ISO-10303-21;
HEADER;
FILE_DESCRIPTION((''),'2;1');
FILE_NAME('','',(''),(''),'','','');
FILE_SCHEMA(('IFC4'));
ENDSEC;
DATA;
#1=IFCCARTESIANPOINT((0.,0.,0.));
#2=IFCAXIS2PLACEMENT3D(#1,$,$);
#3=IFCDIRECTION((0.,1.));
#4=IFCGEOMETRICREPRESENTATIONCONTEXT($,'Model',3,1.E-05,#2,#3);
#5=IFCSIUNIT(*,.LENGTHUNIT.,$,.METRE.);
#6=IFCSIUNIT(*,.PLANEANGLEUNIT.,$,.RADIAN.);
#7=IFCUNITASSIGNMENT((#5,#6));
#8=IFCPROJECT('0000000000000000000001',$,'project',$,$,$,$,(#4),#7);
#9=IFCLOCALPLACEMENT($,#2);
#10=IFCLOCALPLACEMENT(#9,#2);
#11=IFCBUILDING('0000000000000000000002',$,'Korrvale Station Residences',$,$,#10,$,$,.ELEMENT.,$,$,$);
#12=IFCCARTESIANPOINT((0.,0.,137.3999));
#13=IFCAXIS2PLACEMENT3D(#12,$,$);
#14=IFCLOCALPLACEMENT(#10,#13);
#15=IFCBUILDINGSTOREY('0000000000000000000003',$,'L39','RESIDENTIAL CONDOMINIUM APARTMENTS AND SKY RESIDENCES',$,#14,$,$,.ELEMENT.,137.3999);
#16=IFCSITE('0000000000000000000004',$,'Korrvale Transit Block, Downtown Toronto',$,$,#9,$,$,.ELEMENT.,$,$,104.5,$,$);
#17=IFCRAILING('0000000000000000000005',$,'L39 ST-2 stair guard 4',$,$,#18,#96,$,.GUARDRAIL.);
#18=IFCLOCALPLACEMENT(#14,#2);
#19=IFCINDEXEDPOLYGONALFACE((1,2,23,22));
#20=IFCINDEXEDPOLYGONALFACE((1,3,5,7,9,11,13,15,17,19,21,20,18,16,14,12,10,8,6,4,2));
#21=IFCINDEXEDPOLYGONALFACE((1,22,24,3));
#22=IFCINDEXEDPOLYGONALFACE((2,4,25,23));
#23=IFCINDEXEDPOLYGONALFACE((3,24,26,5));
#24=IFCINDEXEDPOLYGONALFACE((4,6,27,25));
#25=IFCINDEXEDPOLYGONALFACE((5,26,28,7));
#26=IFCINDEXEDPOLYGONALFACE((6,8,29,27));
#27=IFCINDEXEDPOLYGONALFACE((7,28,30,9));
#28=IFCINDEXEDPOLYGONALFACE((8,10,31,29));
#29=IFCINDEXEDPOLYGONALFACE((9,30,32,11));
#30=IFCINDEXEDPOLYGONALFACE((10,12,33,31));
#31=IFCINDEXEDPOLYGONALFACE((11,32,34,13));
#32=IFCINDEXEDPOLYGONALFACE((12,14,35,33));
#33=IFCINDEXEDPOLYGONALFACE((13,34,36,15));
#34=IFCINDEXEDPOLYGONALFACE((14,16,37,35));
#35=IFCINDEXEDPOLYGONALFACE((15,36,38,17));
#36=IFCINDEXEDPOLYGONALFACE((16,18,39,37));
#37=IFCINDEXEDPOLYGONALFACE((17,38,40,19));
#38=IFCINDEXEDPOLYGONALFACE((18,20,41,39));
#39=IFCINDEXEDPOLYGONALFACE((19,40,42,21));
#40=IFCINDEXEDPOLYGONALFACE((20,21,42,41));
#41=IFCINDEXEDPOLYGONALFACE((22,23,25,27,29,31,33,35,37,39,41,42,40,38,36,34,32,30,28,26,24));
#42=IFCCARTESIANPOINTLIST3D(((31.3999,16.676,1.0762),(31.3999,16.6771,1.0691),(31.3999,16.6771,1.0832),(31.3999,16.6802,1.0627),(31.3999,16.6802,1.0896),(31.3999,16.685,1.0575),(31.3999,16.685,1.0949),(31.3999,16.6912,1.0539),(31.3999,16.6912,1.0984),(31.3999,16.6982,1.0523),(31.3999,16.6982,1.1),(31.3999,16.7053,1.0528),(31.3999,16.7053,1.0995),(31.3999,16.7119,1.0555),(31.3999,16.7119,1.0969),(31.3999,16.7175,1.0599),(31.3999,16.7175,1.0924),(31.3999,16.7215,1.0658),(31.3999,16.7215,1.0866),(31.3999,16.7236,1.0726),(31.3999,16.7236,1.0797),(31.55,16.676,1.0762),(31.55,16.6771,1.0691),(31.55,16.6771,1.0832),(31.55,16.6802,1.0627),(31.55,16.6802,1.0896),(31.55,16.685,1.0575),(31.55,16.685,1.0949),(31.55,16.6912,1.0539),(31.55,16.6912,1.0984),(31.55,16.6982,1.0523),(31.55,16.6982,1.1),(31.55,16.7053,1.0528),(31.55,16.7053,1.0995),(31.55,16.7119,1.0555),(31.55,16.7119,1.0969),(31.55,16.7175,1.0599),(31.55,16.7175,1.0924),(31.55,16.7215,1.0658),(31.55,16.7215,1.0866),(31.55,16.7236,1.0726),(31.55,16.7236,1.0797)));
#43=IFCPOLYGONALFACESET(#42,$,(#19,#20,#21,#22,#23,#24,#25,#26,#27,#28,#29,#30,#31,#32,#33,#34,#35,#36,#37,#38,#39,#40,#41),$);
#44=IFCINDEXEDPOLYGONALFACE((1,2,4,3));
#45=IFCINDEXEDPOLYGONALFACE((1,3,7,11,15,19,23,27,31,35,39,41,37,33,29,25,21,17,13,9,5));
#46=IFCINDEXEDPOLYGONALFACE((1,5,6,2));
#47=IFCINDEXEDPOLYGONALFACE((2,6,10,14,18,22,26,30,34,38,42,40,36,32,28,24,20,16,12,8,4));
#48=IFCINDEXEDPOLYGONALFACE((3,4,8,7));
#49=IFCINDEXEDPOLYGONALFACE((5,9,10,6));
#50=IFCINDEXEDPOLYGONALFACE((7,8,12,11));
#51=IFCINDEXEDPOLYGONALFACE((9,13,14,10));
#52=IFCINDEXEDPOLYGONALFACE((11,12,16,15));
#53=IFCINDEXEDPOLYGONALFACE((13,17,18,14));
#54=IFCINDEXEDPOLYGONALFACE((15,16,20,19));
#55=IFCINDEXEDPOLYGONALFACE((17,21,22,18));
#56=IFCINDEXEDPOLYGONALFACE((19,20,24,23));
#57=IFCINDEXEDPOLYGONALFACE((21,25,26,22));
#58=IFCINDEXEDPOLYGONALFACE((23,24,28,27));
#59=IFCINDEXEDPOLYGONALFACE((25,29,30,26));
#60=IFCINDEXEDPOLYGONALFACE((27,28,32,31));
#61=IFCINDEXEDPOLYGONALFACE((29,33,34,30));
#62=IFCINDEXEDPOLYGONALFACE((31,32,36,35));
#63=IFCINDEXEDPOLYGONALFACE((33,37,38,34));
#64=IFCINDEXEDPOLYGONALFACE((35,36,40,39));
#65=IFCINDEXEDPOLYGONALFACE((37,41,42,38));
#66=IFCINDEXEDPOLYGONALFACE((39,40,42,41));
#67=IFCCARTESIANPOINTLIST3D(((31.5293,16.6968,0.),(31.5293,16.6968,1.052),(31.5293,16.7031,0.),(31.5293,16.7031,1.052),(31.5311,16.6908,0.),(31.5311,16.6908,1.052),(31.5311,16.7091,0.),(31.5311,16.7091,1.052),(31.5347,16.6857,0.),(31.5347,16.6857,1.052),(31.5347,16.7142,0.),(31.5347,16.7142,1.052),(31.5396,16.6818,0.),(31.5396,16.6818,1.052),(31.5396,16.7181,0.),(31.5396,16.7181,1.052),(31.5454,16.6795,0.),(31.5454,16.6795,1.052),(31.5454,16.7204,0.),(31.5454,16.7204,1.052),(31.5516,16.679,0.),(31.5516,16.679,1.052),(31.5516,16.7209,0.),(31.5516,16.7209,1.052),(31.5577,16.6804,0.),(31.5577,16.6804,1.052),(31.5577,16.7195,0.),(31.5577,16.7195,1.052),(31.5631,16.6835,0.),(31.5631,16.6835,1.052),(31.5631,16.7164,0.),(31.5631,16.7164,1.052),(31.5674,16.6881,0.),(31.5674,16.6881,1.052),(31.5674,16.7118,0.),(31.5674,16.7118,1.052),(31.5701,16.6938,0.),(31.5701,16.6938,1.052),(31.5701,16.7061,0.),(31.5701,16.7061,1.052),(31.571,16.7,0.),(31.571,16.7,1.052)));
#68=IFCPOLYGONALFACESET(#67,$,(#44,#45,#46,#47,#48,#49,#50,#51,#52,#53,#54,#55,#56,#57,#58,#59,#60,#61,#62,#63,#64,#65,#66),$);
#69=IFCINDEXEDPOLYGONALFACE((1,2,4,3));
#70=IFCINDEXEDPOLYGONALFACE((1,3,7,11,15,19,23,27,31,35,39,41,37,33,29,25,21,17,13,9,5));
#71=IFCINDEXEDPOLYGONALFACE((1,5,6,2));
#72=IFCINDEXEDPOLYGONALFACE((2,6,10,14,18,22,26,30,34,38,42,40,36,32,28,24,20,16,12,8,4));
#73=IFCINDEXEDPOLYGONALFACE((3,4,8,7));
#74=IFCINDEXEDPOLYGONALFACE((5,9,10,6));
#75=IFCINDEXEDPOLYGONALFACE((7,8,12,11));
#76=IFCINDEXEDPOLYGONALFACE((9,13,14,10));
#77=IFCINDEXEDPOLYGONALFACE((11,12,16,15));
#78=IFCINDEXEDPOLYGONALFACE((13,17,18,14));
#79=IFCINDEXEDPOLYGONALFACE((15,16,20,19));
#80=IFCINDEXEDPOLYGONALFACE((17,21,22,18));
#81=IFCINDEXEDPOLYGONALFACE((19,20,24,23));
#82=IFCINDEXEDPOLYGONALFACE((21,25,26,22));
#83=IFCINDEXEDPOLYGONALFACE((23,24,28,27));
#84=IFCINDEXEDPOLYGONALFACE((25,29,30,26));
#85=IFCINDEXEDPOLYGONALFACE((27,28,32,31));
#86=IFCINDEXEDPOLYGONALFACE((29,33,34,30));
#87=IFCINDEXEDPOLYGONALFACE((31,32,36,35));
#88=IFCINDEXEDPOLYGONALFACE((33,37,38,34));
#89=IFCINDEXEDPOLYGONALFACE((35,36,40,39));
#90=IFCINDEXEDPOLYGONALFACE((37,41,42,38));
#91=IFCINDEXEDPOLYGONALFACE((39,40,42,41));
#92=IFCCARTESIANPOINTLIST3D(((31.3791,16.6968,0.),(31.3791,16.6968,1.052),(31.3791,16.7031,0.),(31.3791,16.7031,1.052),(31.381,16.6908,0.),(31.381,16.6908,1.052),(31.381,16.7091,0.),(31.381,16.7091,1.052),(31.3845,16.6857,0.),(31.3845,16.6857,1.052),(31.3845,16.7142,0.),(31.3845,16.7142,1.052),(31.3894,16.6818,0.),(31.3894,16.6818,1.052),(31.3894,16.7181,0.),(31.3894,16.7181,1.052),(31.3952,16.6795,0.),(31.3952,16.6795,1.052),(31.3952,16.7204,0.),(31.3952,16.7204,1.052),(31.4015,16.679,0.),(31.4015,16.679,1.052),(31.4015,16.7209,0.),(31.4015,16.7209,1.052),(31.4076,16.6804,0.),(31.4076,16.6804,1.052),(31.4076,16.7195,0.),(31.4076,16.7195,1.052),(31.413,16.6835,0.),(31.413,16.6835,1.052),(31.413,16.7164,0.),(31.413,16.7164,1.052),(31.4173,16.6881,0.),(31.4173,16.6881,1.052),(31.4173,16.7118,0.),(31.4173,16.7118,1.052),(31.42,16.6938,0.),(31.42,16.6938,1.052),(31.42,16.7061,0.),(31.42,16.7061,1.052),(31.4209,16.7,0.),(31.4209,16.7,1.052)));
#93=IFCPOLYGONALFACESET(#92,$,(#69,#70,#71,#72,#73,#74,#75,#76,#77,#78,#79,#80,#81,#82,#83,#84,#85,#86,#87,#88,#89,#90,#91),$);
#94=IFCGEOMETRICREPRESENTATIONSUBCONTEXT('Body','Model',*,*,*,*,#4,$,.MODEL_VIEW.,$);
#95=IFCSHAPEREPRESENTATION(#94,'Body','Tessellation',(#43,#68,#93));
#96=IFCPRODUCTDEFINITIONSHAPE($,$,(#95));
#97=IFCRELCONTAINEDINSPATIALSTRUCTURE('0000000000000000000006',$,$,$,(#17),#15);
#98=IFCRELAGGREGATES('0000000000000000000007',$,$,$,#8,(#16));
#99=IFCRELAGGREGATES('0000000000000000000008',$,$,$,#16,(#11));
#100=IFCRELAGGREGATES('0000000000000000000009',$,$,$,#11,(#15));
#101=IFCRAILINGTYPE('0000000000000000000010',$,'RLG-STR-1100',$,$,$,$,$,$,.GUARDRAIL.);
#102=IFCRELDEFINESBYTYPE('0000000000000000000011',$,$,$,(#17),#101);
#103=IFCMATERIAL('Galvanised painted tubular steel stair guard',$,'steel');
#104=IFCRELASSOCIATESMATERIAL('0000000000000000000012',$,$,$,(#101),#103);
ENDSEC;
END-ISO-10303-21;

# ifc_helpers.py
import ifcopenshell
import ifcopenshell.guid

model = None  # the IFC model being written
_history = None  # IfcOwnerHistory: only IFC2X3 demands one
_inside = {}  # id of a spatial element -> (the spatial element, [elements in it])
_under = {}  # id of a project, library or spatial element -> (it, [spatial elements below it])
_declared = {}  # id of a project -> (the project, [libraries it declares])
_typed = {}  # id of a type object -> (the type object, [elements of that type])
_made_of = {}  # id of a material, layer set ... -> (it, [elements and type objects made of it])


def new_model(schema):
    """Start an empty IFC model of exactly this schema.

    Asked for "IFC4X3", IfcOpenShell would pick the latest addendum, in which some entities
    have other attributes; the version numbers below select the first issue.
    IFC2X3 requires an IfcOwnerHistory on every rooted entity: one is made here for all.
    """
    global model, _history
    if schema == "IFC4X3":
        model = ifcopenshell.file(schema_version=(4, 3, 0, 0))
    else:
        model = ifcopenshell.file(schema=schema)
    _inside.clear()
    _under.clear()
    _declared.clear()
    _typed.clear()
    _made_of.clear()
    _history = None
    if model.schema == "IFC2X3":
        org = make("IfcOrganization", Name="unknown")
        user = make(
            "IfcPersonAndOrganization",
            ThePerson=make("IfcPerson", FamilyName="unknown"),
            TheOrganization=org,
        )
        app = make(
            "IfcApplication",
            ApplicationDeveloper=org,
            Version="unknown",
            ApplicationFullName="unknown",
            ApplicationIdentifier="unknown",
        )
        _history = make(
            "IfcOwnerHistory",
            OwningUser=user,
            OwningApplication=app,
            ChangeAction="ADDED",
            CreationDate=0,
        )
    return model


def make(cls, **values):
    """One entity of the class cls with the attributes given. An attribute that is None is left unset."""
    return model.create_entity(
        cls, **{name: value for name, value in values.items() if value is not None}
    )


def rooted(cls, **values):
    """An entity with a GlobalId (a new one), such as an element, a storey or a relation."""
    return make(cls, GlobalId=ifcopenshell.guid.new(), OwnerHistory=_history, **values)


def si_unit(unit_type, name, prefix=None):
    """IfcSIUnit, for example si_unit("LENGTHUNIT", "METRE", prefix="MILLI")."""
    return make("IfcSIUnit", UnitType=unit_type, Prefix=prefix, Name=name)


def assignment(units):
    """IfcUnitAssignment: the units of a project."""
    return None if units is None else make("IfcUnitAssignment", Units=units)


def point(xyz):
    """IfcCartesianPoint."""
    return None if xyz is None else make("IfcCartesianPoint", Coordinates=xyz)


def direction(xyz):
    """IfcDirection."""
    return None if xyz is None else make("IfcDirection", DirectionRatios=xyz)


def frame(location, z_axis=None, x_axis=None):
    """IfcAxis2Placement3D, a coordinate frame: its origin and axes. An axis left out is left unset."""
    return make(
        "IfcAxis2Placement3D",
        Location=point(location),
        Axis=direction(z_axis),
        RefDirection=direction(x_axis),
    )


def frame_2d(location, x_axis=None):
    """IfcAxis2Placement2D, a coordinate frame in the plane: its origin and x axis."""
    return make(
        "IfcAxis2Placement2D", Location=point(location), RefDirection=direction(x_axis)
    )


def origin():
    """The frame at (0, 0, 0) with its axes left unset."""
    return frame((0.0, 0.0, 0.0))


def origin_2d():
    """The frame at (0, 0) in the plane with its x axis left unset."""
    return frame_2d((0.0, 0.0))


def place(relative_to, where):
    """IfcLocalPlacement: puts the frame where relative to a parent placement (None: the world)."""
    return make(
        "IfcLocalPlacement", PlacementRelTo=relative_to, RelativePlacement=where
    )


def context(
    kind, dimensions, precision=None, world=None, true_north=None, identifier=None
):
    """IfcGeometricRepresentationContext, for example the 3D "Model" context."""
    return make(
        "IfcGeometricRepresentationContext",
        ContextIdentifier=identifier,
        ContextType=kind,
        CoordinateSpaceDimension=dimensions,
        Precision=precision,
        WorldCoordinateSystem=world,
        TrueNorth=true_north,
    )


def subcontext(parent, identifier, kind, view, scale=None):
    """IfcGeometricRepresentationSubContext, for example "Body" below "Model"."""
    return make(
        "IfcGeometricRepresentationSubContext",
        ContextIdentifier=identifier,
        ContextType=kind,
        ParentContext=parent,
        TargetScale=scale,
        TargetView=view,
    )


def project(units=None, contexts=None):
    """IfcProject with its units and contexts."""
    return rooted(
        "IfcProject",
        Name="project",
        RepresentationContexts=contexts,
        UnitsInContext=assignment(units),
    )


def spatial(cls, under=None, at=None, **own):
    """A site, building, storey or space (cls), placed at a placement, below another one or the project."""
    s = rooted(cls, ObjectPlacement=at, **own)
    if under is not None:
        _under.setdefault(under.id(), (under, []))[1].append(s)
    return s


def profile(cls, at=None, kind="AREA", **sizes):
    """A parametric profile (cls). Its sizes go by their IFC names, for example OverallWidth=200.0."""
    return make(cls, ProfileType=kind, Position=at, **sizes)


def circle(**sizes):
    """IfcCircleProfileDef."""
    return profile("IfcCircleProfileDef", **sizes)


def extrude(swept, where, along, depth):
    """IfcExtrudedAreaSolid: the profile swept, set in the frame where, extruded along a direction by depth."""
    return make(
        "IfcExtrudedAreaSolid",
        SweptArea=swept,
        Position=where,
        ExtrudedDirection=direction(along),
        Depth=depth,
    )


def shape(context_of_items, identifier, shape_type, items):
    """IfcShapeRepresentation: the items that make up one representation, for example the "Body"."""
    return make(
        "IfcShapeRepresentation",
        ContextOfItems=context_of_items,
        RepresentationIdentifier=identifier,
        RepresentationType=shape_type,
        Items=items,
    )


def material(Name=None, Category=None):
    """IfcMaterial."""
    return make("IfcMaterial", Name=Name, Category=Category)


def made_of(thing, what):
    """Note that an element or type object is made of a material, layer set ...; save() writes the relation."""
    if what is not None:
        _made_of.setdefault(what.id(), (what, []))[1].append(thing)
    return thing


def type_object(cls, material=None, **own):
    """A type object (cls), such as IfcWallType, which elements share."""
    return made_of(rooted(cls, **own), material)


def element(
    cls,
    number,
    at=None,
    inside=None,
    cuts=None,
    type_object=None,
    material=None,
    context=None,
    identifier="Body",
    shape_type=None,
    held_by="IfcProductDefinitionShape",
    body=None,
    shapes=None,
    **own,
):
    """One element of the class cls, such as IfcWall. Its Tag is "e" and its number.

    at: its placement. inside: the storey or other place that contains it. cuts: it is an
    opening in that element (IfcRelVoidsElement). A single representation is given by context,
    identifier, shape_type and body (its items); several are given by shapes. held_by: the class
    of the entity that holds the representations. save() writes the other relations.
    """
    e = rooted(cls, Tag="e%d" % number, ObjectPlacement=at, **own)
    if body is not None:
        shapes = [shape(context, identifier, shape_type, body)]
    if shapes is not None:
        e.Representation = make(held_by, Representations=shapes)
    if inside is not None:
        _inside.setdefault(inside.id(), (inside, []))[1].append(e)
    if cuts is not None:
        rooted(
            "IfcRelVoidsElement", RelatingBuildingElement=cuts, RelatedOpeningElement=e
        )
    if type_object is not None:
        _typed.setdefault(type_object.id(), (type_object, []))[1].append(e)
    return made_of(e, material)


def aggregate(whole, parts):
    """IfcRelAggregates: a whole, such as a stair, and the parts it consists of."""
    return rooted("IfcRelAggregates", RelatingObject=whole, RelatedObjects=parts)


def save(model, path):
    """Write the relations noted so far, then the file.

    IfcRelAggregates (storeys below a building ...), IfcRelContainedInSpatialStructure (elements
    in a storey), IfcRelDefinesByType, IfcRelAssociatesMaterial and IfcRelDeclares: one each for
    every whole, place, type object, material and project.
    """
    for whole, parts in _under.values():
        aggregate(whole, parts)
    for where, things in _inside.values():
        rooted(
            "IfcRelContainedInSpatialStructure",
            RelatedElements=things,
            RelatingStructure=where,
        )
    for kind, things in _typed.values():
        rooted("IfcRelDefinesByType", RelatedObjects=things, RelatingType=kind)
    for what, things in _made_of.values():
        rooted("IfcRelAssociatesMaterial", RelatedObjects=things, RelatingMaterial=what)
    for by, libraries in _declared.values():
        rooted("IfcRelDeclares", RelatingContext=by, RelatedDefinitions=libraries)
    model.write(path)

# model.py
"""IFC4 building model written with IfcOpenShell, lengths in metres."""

from ifc_helpers import new_model, si_unit, direction, frame, origin, origin_2d, place, context, subcontext, project, spatial, circle, extrude, material, type_object, element, save


model = new_model("IFC4")

# Units and contexts
model_context = context("Model", 3, precision=1e-05, world=origin(), true_north=direction((0.0, 1.0)))
body_context = subcontext(model_context, "Body", "Model", "MODEL_VIEW")
ifc_project = project(units=[si_unit("LENGTHUNIT", "METRE"), si_unit("PLANEANGLEUNIT", "RADIAN")], contexts=[model_context])

# Site, building, storey
site_placement = place(None, origin())
site = spatial("IfcSite", under=ifc_project, at=site_placement, Name="Korrvale Transit Block, Downtown Toronto", CompositionType="ELEMENT", RefElevation=104.5)
building_placement = place(site_placement, origin())
building = spatial("IfcBuilding", under=site, at=building_placement, Name="Korrvale Station Residences", CompositionType="ELEMENT")
storey_placement = place(building_placement, frame((0.0, 0.0, 137.3999)))
storey = spatial("IfcBuildingStorey", under=building, at=storey_placement, Name="L39", Description="RESIDENTIAL CONDOMINIUM APARTMENTS AND SKY RESIDENCES", CompositionType="ELEMENT", Elevation=137.3999)

# Railing
ifc_material_1 = material(Name="Galvanised painted tubular steel stair guard", Category="steel")
railing_type_1 = type_object("IfcRailingType", Name="RLG-STR-1100", PredefinedType="GUARDRAIL", material=ifc_material_1)
railing_1_placement = place(storey_placement, frame((31.55, 16.7, 0.0)))
element("IfcRailing", 1, at=railing_1_placement, inside=storey, type_object=railing_type_1, Name="L39 ST-2 stair guard 4", PredefinedType="GUARDRAIL", context=body_context, shape_type="SweptSolid", body=[
    extrude(circle(Radius=0.0239, at=origin_2d()), frame((0.0, 0.0, 1.0762), z_axis=(-1.0, 0.0, 0.0), x_axis=(0.0, -1.0, 0.0)), (0.0, 0.0, 1.0), 0.1501),
    extrude(circle(Radius=0.021, at=origin_2d()), origin(), (0.0, 0.0, 1.0), 1.052),
    extrude(circle(Radius=0.021, at=origin_2d()), frame((-0.1501, 0.0, 0.0)), (0.0, 0.0, 1.0), 1.052),
])

save(model, "model.ifc")
